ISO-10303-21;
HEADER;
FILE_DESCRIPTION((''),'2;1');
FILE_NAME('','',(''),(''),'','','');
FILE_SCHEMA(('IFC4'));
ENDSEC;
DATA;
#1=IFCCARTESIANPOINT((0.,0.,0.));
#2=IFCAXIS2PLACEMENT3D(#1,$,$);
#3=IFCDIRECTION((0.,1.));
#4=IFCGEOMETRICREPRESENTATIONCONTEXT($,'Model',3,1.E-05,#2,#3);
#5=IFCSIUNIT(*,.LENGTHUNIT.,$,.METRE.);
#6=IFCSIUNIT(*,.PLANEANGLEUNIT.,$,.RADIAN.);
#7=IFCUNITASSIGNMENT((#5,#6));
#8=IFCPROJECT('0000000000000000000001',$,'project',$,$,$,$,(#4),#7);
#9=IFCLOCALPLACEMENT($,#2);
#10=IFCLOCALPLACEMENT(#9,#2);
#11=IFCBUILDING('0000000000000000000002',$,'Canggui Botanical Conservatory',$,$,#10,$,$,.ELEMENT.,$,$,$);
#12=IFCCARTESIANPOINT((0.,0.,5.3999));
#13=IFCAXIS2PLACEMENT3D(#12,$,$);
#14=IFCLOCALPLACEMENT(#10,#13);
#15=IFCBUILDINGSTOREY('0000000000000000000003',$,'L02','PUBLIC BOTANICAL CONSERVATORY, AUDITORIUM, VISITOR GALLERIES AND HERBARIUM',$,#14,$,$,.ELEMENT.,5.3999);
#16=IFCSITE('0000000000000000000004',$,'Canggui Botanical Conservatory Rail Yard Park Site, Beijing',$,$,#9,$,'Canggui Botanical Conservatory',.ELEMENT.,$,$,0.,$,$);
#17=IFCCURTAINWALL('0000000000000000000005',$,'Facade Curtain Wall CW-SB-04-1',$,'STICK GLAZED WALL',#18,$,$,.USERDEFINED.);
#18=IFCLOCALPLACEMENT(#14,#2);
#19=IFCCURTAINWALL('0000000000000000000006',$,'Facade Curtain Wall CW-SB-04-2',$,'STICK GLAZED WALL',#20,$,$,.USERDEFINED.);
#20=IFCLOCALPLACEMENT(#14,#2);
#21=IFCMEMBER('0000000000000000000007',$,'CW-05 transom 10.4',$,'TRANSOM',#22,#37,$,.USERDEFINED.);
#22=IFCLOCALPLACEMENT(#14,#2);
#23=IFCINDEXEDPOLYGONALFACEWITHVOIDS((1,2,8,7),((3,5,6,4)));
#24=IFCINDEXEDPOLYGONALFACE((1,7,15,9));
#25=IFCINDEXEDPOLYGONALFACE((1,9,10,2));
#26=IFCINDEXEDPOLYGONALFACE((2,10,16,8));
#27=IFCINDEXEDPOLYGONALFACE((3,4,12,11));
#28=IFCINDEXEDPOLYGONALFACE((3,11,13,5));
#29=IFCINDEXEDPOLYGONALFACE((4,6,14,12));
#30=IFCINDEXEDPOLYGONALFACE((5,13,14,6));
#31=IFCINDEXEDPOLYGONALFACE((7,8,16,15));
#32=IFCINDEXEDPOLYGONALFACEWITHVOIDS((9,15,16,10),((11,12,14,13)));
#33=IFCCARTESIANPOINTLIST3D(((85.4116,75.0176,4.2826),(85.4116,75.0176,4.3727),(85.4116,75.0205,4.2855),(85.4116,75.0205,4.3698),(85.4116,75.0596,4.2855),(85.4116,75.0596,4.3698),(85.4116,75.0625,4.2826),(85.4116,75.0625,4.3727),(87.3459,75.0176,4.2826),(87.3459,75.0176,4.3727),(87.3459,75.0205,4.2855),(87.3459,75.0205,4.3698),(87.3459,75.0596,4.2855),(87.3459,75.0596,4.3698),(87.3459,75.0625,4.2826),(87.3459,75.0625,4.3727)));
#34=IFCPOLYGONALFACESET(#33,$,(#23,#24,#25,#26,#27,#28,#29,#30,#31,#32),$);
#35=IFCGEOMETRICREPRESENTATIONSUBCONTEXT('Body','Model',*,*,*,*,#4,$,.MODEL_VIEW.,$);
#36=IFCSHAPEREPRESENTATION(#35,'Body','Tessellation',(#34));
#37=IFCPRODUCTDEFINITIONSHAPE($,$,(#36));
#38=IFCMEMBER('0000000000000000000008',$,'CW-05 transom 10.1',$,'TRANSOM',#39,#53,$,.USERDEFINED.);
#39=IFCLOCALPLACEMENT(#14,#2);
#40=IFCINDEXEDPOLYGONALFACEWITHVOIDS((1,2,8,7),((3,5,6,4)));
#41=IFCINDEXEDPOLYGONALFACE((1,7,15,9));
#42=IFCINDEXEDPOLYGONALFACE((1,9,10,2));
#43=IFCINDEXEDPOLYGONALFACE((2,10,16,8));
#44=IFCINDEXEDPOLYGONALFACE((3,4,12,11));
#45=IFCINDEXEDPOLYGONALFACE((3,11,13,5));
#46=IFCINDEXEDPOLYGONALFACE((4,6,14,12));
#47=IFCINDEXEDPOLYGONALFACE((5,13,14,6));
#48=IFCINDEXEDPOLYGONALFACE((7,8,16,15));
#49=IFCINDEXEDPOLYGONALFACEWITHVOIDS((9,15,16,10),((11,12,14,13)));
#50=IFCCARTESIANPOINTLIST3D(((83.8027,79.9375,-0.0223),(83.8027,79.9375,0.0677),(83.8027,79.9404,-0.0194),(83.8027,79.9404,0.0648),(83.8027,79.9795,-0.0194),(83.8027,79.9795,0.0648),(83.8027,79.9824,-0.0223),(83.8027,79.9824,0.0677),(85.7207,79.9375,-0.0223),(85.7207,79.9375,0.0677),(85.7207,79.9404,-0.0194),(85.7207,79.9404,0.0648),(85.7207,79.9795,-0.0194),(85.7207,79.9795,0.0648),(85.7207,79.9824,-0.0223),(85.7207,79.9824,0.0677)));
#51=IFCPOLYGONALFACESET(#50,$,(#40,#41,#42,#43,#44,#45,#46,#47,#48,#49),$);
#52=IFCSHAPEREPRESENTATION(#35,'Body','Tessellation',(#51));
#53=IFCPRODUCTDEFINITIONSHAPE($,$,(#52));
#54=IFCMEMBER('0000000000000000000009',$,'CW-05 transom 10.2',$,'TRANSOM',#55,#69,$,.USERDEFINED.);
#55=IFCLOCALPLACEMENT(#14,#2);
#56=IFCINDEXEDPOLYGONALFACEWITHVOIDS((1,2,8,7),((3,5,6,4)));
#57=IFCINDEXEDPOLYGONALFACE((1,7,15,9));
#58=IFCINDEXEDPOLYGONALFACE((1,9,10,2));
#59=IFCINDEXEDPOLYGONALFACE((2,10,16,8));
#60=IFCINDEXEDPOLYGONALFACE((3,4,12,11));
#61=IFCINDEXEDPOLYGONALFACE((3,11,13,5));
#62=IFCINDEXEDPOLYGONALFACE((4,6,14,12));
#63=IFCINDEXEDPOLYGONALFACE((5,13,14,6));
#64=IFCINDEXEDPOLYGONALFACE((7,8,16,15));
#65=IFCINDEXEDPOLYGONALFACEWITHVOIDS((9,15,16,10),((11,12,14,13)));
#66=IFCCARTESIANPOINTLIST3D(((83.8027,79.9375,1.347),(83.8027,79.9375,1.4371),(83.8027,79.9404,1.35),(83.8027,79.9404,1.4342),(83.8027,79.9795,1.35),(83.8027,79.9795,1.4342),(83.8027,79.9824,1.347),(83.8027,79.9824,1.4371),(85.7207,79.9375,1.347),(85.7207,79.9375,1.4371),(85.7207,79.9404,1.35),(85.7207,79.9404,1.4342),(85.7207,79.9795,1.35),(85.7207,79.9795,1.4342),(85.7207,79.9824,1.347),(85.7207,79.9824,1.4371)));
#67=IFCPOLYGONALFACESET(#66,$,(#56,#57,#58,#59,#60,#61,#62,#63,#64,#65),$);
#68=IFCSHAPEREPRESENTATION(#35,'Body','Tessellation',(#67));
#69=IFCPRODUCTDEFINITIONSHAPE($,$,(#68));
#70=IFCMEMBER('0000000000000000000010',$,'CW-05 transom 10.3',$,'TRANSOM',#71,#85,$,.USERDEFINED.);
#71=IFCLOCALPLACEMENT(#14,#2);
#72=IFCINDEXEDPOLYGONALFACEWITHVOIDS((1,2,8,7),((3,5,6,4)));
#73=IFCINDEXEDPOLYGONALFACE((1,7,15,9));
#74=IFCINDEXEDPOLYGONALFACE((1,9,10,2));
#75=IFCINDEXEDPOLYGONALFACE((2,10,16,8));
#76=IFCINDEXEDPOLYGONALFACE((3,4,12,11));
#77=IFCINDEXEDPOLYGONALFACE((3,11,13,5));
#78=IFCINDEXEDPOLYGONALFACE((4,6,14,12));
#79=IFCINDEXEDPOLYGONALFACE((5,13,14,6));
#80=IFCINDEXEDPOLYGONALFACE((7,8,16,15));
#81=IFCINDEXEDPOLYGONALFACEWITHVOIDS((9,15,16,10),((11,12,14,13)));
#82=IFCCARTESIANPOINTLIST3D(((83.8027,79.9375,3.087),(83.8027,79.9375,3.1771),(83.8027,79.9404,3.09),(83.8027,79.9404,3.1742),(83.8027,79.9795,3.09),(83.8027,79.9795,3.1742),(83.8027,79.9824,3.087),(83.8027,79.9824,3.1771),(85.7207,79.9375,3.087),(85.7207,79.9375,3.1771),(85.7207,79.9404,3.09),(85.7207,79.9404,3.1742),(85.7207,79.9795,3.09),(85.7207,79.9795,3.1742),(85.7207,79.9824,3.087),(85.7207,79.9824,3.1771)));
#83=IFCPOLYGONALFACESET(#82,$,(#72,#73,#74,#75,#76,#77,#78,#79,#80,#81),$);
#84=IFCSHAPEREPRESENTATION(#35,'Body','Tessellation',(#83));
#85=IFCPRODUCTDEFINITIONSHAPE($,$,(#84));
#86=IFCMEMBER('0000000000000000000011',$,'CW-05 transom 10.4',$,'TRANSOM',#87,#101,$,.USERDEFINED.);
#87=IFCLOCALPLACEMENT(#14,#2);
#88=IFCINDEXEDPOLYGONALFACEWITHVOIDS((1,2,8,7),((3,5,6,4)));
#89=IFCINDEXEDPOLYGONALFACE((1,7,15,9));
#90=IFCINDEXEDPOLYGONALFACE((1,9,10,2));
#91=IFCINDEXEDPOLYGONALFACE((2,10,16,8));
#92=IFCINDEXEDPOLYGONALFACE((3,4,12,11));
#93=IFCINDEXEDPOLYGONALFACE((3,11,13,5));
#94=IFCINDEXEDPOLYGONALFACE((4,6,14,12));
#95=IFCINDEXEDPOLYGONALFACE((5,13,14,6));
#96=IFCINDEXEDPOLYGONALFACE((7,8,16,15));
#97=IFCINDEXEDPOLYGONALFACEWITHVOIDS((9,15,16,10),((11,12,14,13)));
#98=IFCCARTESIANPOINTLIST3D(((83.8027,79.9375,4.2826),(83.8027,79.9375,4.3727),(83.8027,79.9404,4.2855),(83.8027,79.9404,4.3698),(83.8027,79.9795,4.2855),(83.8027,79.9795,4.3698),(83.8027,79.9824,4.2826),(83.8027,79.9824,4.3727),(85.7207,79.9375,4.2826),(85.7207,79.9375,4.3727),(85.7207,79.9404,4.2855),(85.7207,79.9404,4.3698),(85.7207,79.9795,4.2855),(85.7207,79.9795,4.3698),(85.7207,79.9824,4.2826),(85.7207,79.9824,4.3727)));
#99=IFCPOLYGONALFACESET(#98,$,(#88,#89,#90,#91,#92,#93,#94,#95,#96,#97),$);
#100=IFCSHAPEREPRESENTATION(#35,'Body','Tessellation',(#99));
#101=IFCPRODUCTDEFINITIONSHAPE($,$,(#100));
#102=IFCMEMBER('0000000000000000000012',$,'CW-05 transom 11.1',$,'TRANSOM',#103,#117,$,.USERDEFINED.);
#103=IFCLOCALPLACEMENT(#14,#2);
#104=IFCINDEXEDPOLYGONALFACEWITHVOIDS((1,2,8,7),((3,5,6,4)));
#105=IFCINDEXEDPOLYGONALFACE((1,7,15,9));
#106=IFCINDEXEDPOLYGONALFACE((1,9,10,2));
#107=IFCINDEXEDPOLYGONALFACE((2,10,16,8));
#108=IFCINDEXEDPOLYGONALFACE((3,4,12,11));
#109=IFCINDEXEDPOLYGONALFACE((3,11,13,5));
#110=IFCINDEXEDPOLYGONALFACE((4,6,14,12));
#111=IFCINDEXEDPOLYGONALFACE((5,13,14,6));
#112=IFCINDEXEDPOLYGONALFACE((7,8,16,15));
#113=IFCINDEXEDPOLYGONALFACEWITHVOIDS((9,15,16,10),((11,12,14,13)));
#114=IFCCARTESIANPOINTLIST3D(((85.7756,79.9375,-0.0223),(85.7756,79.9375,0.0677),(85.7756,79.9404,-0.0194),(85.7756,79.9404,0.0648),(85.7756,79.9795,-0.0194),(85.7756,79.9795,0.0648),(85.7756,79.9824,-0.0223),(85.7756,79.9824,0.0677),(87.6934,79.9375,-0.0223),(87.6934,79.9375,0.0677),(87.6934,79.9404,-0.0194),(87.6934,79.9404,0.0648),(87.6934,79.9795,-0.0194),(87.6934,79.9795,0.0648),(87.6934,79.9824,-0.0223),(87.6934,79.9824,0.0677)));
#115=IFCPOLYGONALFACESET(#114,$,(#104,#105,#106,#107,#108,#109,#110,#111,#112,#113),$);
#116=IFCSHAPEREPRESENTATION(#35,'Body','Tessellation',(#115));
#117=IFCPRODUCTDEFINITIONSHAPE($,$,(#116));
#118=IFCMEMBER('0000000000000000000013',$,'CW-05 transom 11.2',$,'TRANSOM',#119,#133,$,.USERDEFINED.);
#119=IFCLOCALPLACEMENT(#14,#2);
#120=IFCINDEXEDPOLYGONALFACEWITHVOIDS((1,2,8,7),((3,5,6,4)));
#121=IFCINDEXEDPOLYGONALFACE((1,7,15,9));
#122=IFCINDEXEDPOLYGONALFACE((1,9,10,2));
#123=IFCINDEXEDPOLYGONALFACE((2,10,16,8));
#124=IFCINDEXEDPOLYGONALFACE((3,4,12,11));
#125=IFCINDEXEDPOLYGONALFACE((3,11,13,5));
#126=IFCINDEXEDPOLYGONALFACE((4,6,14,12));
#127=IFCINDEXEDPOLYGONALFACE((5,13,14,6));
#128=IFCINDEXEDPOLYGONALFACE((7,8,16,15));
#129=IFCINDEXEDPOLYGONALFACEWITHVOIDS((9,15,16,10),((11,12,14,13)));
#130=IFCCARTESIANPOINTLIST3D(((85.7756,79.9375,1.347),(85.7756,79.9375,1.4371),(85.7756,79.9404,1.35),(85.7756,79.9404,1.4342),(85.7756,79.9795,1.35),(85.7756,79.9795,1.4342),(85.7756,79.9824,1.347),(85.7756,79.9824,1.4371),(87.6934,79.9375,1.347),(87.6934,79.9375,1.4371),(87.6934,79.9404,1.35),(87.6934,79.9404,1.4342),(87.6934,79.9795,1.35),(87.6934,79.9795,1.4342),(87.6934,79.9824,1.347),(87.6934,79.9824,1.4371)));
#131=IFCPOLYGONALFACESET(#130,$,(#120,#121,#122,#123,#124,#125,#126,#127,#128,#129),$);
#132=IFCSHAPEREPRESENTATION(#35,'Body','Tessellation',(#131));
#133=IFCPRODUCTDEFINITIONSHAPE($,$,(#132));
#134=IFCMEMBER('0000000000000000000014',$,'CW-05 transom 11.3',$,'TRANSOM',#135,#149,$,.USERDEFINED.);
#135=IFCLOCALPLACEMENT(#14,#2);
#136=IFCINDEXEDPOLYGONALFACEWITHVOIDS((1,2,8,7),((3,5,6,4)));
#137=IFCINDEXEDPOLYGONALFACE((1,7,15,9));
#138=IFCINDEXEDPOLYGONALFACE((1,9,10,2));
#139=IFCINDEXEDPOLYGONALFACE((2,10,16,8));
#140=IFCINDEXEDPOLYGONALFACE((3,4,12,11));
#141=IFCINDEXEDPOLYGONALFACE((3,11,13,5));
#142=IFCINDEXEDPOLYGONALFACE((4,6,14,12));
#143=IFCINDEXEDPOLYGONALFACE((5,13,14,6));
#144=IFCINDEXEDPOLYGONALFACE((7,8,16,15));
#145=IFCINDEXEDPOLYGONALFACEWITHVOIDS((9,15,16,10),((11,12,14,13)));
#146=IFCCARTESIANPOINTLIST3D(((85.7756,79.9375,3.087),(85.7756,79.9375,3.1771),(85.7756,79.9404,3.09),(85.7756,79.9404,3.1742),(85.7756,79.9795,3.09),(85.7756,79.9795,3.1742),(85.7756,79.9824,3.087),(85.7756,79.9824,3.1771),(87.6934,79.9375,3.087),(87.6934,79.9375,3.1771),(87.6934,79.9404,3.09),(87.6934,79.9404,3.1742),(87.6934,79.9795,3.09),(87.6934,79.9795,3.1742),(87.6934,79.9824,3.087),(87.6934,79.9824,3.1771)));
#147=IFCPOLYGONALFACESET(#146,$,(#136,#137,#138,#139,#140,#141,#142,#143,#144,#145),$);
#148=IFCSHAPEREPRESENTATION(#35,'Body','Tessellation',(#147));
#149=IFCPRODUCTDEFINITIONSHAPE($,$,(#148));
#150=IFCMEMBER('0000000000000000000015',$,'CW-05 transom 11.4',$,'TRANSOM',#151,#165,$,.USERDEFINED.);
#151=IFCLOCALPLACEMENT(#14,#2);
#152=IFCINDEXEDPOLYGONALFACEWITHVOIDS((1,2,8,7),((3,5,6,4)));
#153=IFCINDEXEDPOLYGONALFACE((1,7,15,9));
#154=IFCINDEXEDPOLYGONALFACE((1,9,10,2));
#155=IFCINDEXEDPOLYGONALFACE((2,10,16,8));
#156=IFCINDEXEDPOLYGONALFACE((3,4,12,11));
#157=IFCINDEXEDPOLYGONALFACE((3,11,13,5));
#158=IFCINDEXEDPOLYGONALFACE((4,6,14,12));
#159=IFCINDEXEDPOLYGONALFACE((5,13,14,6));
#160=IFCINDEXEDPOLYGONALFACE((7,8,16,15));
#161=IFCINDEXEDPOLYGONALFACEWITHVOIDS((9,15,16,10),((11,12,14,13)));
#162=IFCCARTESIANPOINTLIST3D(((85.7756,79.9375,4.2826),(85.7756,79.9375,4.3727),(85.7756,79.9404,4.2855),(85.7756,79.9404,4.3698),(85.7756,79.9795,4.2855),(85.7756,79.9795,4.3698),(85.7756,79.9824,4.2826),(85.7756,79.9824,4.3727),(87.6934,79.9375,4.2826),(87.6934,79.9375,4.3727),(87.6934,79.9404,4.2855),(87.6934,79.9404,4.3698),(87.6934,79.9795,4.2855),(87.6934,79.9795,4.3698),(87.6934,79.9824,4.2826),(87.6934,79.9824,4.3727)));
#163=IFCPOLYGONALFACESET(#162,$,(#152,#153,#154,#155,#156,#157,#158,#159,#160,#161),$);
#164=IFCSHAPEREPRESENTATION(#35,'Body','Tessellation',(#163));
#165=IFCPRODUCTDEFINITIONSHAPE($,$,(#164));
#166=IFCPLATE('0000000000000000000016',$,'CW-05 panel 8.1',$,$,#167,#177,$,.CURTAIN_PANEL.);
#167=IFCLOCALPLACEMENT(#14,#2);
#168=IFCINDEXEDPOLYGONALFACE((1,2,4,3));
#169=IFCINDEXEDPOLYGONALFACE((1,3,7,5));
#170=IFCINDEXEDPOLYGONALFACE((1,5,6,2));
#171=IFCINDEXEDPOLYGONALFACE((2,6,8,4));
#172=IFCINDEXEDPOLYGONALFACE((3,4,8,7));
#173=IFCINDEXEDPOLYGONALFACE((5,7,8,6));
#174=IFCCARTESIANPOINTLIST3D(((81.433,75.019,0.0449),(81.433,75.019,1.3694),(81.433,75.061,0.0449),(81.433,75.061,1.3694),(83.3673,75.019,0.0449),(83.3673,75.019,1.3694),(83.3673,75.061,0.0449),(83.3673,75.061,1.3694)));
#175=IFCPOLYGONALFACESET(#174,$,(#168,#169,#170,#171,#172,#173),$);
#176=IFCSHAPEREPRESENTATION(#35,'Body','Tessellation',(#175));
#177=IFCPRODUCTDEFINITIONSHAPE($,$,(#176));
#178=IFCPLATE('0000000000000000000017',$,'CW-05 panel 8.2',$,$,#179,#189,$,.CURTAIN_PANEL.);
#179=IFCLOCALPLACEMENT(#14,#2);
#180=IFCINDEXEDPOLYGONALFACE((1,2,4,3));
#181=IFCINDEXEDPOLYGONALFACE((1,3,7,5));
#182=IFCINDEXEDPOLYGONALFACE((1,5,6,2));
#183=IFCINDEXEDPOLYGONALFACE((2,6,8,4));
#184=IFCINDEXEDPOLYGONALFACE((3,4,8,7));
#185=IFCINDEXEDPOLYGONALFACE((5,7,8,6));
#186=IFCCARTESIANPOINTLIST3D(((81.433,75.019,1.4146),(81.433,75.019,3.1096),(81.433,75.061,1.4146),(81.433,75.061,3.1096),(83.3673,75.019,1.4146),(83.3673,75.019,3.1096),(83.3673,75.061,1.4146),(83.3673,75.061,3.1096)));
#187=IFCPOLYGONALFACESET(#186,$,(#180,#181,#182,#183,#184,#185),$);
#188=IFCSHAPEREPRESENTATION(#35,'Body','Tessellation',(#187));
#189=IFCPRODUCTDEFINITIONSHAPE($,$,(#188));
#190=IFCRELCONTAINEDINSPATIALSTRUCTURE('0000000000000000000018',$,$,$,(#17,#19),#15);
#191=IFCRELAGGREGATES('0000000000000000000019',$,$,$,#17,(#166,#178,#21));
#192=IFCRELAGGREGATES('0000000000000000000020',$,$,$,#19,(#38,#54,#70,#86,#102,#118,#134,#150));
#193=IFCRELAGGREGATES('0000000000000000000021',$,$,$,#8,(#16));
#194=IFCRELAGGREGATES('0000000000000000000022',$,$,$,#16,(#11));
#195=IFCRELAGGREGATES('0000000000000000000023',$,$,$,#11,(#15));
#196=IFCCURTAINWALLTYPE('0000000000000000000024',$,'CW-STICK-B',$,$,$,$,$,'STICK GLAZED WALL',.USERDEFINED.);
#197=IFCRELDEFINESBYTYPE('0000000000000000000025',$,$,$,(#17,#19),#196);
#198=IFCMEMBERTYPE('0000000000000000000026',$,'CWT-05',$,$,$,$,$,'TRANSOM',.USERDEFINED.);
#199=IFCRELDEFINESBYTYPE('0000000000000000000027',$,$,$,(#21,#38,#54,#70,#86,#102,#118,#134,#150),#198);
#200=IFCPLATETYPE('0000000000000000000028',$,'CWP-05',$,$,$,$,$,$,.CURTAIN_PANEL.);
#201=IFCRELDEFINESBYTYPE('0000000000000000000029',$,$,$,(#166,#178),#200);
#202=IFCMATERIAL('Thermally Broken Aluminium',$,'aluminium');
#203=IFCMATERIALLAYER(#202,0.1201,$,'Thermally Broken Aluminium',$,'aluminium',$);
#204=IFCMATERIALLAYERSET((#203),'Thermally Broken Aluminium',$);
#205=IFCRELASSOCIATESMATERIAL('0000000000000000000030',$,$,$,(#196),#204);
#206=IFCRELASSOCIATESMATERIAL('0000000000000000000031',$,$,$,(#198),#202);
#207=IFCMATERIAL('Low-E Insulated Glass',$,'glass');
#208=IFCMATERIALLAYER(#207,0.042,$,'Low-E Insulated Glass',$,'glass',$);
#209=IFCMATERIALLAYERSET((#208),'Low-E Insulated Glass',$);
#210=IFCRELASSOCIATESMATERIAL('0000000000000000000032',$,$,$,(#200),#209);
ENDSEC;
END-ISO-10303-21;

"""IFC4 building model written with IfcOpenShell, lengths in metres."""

from ifc_helpers import new_model, si_unit, direction, frame, origin, origin_2d, place, context, subcontext, project, spatial, rectangle, hollow_rectangle, extrude, material, layer, layer_set, material_profile, profile_set, type_object, element, aggregate, save


model = new_model("IFC4")

# Units and contexts
model_context = context("Model", 3, precision=1e-05, world=origin(), true_north=direction((0.0, 1.0)))
body_context = subcontext(model_context, "Body", "Model", "MODEL_VIEW")
ifc_project = project(units=[si_unit("LENGTHUNIT", "METRE"), si_unit("PLANEANGLEUNIT", "RADIAN")], contexts=[model_context])

# Site, building, storey
site_placement = place(None, origin())
site = spatial("IfcSite", under=ifc_project, at=site_placement, Name="Canggui Botanical Conservatory Rail Yard Park Site, Beijing", LongName="Canggui Botanical Conservatory", CompositionType="ELEMENT", RefElevation=0.0)
building_placement = place(site_placement, origin())
building = spatial("IfcBuilding", under=site, at=building_placement, Name="Canggui Botanical Conservatory", CompositionType="ELEMENT")
storey_placement = place(building_placement, frame((0.0, 0.0, 5.3999)))
storey = spatial("IfcBuildingStorey", under=building, at=storey_placement, Name="L02", Description="PUBLIC BOTANICAL CONSERVATORY, AUDITORIUM, VISITOR GALLERIES AND HERBARIUM", CompositionType="ELEMENT", Elevation=5.3999)

# Curtain walls
ifc_material_1 = material(Name="Thermally Broken Aluminium", Category="aluminium")
ifc_layer_1 = layer(ifc_material_1, 0.1201, Name="Thermally Broken Aluminium", Category="aluminium")
ifc_layer_set_1 = layer_set([ifc_layer_1], Name="Thermally Broken Aluminium")
curtain_wall_type = type_object("IfcCurtainWallType", Name="CW-STICK-B", ElementType="STICK GLAZED WALL", PredefinedType="USERDEFINED", material=ifc_layer_set_1)
curtain_wall_1_placement = place(storey_placement, origin())
curtain_wall_1 = element("IfcCurtainWall", 1, at=curtain_wall_1_placement, inside=storey, type_object=curtain_wall_type, Name="Facade Curtain Wall CW-SB-04-1", ObjectType="STICK GLAZED WALL", PredefinedType="USERDEFINED")
curtain_wall_2_placement = place(storey_placement, origin())
curtain_wall_2 = element("IfcCurtainWall", 2, at=curtain_wall_2_placement, inside=storey, type_object=curtain_wall_type, Name="Facade Curtain Wall CW-SB-04-2", ObjectType="STICK GLAZED WALL", PredefinedType="USERDEFINED")

# Members
ifc_material_profile_1 = material_profile(ifc_material_1, hollow_rectangle(XDim=0.0449, YDim=0.0901, WallThickness=0.0029, at=origin_2d()), Name="CWT 45x90x3")
ifc_profile_set_1 = profile_set([ifc_material_profile_1], Name="Thermally Broken Aluminium")
member_type_1 = type_object("IfcMemberType", Name="CWT-05", ElementType="TRANSOM", PredefinedType="USERDEFINED", material=ifc_profile_set_1)
member_1_placement = place(storey_placement, frame((85.4116, 75.04, 4.3276), z_axis=(1.0, 0.0, 0.0), x_axis=(0.0, 1.0, 0.0)))
member_1 = element("IfcMember", 3, at=member_1_placement, type_object=member_type_1, Name="CW-05 transom 10.4", ObjectType="TRANSOM", PredefinedType="USERDEFINED", context=body_context, shape_type="SweptSolid", body=[
    extrude(hollow_rectangle(XDim=0.0449, YDim=0.0901, WallThickness=0.0029, at=origin_2d()), origin(), (0.0, 0.0, 1.0), 1.9343),
])
member_2_placement = place(storey_placement, frame((83.8027, 79.96, 0.0227), z_axis=(1.0, 0.0, 0.0), x_axis=(0.0, 1.0, 0.0)))
member_2 = element("IfcMember", 4, at=member_2_placement, type_object=member_type_1, Name="CW-05 transom 10.1", ObjectType="TRANSOM", PredefinedType="USERDEFINED", context=body_context, shape_type="SweptSolid", body=[
    extrude(hollow_rectangle(XDim=0.0449, YDim=0.0901, WallThickness=0.0029, at=origin_2d()), origin(), (0.0, 0.0, 1.0), 1.918),
])
member_3_placement = place(storey_placement, frame((83.8027, 79.96, 1.3921), z_axis=(1.0, 0.0, 0.0), x_axis=(0.0, 1.0, 0.0)))
member_3 = element("IfcMember", 5, at=member_3_placement, type_object=member_type_1, Name="CW-05 transom 10.2", ObjectType="TRANSOM", PredefinedType="USERDEFINED", context=body_context, shape_type="SweptSolid", body=[
    extrude(hollow_rectangle(XDim=0.0449, YDim=0.0901, WallThickness=0.0029, at=origin_2d()), origin(), (0.0, 0.0, 1.0), 1.918),
])
member_4_placement = place(storey_placement, frame((83.8027, 79.96, 3.1321), z_axis=(1.0, 0.0, 0.0), x_axis=(0.0, 1.0, 0.0)))
member_4 = element("IfcMember", 6, at=member_4_placement, type_object=member_type_1, Name="CW-05 transom 10.3", ObjectType="TRANSOM", PredefinedType="USERDEFINED", context=body_context, shape_type="SweptSolid", body=[
    extrude(hollow_rectangle(XDim=0.0449, YDim=0.0901, WallThickness=0.0029, at=origin_2d()), origin(), (0.0, 0.0, 1.0), 1.918),
])
member_5_placement = place(storey_placement, frame((83.8027, 79.96, 4.3276), z_axis=(1.0, 0.0, 0.0), x_axis=(0.0, 1.0, 0.0)))
member_5 = element("IfcMember", 7, at=member_5_placement, type_object=member_type_1, Name="CW-05 transom 10.4", ObjectType="TRANSOM", PredefinedType="USERDEFINED", context=body_context, shape_type="SweptSolid", body=[
    extrude(hollow_rectangle(XDim=0.0449, YDim=0.0901, WallThickness=0.0029, at=origin_2d()), origin(), (0.0, 0.0, 1.0), 1.918),
])
member_6_placement = place(storey_placement, frame((85.7756, 79.96, 0.0227), z_axis=(1.0, 0.0, 0.0), x_axis=(0.0, 1.0, 0.0)))
member_6 = element("IfcMember", 8, at=member_6_placement, type_object=member_type_1, Name="CW-05 transom 11.1", ObjectType="TRANSOM", PredefinedType="USERDEFINED", context=body_context, shape_type="SweptSolid", body=[
    extrude(hollow_rectangle(XDim=0.0449, YDim=0.0901, WallThickness=0.0029, at=origin_2d()), origin(), (0.0, 0.0, 1.0), 1.9177),
])
member_7_placement = place(storey_placement, frame((85.7756, 79.96, 1.3921), z_axis=(1.0, 0.0, 0.0), x_axis=(0.0, 1.0, 0.0)))
member_7 = element("IfcMember", 9, at=member_7_placement, type_object=member_type_1, Name="CW-05 transom 11.2", ObjectType="TRANSOM", PredefinedType="USERDEFINED", context=body_context, shape_type="SweptSolid", body=[
    extrude(hollow_rectangle(XDim=0.0449, YDim=0.0901, WallThickness=0.0029, at=origin_2d()), origin(), (0.0, 0.0, 1.0), 1.9177),
])
member_8_placement = place(storey_placement, frame((85.7756, 79.96, 3.1321), z_axis=(1.0, 0.0, 0.0), x_axis=(0.0, 1.0, 0.0)))
member_8 = element("IfcMember", 10, at=member_8_placement, type_object=member_type_1, Name="CW-05 transom 11.3", ObjectType="TRANSOM", PredefinedType="USERDEFINED", context=body_context, shape_type="SweptSolid", body=[
    extrude(hollow_rectangle(XDim=0.0449, YDim=0.0901, WallThickness=0.0029, at=origin_2d()), origin(), (0.0, 0.0, 1.0), 1.9177),
])
member_9_placement = place(storey_placement, frame((85.7756, 79.96, 4.3276), z_axis=(1.0, 0.0, 0.0), x_axis=(0.0, 1.0, 0.0)))
member_9 = element("IfcMember", 11, at=member_9_placement, type_object=member_type_1, Name="CW-05 transom 11.4", ObjectType="TRANSOM", PredefinedType="USERDEFINED", context=body_context, shape_type="SweptSolid", body=[
    extrude(hollow_rectangle(XDim=0.0449, YDim=0.0901, WallThickness=0.0029, at=origin_2d()), origin(), (0.0, 0.0, 1.0), 1.9177),
])

# Plates
ifc_material_2 = material(Name="Low-E Insulated Glass", Category="glass")
ifc_layer_2 = layer(ifc_material_2, 0.042, Name="Low-E Insulated Glass", Category="glass")
ifc_layer_set_2 = layer_set([ifc_layer_2], Name="Low-E Insulated Glass")
plate_type = type_object("IfcPlateType", Name="CWP-05", PredefinedType="CURTAIN_PANEL", material=ifc_layer_set_2)
plate_1_placement = place(storey_placement, frame((82.4001, 75.04, 0.0449), z_axis=(0.0, 0.0, 1.0), x_axis=(1.0, 0.0, 0.0)))
plate_1 = element("IfcPlate", 12, at=plate_1_placement, type_object=plate_type, Name="CW-05 panel 8.1", PredefinedType="CURTAIN_PANEL", context=body_context, shape_type="SweptSolid", body=[
    extrude(rectangle(XDim=1.9343, YDim=0.042, at=origin_2d()), origin(), (0.0, 0.0, 1.0), 1.3245),
])
plate_2_placement = place(storey_placement, frame((82.4001, 75.04, 1.4146), z_axis=(0.0, 0.0, 1.0), x_axis=(1.0, 0.0, 0.0)))
plate_2 = element("IfcPlate", 13, at=plate_2_placement, type_object=plate_type, Name="CW-05 panel 8.2", PredefinedType="CURTAIN_PANEL", context=body_context, shape_type="SweptSolid", body=[
    extrude(rectangle(XDim=1.9343, YDim=0.042, at=origin_2d()), origin(), (0.0, 0.0, 1.0), 1.6951),
])
aggregate(curtain_wall_1, [plate_1, plate_2, member_1])
aggregate(curtain_wall_2, [member_2, member_3, member_4, member_5, member_6, member_7, member_8, member_9])

save(model, "model.ifc")
